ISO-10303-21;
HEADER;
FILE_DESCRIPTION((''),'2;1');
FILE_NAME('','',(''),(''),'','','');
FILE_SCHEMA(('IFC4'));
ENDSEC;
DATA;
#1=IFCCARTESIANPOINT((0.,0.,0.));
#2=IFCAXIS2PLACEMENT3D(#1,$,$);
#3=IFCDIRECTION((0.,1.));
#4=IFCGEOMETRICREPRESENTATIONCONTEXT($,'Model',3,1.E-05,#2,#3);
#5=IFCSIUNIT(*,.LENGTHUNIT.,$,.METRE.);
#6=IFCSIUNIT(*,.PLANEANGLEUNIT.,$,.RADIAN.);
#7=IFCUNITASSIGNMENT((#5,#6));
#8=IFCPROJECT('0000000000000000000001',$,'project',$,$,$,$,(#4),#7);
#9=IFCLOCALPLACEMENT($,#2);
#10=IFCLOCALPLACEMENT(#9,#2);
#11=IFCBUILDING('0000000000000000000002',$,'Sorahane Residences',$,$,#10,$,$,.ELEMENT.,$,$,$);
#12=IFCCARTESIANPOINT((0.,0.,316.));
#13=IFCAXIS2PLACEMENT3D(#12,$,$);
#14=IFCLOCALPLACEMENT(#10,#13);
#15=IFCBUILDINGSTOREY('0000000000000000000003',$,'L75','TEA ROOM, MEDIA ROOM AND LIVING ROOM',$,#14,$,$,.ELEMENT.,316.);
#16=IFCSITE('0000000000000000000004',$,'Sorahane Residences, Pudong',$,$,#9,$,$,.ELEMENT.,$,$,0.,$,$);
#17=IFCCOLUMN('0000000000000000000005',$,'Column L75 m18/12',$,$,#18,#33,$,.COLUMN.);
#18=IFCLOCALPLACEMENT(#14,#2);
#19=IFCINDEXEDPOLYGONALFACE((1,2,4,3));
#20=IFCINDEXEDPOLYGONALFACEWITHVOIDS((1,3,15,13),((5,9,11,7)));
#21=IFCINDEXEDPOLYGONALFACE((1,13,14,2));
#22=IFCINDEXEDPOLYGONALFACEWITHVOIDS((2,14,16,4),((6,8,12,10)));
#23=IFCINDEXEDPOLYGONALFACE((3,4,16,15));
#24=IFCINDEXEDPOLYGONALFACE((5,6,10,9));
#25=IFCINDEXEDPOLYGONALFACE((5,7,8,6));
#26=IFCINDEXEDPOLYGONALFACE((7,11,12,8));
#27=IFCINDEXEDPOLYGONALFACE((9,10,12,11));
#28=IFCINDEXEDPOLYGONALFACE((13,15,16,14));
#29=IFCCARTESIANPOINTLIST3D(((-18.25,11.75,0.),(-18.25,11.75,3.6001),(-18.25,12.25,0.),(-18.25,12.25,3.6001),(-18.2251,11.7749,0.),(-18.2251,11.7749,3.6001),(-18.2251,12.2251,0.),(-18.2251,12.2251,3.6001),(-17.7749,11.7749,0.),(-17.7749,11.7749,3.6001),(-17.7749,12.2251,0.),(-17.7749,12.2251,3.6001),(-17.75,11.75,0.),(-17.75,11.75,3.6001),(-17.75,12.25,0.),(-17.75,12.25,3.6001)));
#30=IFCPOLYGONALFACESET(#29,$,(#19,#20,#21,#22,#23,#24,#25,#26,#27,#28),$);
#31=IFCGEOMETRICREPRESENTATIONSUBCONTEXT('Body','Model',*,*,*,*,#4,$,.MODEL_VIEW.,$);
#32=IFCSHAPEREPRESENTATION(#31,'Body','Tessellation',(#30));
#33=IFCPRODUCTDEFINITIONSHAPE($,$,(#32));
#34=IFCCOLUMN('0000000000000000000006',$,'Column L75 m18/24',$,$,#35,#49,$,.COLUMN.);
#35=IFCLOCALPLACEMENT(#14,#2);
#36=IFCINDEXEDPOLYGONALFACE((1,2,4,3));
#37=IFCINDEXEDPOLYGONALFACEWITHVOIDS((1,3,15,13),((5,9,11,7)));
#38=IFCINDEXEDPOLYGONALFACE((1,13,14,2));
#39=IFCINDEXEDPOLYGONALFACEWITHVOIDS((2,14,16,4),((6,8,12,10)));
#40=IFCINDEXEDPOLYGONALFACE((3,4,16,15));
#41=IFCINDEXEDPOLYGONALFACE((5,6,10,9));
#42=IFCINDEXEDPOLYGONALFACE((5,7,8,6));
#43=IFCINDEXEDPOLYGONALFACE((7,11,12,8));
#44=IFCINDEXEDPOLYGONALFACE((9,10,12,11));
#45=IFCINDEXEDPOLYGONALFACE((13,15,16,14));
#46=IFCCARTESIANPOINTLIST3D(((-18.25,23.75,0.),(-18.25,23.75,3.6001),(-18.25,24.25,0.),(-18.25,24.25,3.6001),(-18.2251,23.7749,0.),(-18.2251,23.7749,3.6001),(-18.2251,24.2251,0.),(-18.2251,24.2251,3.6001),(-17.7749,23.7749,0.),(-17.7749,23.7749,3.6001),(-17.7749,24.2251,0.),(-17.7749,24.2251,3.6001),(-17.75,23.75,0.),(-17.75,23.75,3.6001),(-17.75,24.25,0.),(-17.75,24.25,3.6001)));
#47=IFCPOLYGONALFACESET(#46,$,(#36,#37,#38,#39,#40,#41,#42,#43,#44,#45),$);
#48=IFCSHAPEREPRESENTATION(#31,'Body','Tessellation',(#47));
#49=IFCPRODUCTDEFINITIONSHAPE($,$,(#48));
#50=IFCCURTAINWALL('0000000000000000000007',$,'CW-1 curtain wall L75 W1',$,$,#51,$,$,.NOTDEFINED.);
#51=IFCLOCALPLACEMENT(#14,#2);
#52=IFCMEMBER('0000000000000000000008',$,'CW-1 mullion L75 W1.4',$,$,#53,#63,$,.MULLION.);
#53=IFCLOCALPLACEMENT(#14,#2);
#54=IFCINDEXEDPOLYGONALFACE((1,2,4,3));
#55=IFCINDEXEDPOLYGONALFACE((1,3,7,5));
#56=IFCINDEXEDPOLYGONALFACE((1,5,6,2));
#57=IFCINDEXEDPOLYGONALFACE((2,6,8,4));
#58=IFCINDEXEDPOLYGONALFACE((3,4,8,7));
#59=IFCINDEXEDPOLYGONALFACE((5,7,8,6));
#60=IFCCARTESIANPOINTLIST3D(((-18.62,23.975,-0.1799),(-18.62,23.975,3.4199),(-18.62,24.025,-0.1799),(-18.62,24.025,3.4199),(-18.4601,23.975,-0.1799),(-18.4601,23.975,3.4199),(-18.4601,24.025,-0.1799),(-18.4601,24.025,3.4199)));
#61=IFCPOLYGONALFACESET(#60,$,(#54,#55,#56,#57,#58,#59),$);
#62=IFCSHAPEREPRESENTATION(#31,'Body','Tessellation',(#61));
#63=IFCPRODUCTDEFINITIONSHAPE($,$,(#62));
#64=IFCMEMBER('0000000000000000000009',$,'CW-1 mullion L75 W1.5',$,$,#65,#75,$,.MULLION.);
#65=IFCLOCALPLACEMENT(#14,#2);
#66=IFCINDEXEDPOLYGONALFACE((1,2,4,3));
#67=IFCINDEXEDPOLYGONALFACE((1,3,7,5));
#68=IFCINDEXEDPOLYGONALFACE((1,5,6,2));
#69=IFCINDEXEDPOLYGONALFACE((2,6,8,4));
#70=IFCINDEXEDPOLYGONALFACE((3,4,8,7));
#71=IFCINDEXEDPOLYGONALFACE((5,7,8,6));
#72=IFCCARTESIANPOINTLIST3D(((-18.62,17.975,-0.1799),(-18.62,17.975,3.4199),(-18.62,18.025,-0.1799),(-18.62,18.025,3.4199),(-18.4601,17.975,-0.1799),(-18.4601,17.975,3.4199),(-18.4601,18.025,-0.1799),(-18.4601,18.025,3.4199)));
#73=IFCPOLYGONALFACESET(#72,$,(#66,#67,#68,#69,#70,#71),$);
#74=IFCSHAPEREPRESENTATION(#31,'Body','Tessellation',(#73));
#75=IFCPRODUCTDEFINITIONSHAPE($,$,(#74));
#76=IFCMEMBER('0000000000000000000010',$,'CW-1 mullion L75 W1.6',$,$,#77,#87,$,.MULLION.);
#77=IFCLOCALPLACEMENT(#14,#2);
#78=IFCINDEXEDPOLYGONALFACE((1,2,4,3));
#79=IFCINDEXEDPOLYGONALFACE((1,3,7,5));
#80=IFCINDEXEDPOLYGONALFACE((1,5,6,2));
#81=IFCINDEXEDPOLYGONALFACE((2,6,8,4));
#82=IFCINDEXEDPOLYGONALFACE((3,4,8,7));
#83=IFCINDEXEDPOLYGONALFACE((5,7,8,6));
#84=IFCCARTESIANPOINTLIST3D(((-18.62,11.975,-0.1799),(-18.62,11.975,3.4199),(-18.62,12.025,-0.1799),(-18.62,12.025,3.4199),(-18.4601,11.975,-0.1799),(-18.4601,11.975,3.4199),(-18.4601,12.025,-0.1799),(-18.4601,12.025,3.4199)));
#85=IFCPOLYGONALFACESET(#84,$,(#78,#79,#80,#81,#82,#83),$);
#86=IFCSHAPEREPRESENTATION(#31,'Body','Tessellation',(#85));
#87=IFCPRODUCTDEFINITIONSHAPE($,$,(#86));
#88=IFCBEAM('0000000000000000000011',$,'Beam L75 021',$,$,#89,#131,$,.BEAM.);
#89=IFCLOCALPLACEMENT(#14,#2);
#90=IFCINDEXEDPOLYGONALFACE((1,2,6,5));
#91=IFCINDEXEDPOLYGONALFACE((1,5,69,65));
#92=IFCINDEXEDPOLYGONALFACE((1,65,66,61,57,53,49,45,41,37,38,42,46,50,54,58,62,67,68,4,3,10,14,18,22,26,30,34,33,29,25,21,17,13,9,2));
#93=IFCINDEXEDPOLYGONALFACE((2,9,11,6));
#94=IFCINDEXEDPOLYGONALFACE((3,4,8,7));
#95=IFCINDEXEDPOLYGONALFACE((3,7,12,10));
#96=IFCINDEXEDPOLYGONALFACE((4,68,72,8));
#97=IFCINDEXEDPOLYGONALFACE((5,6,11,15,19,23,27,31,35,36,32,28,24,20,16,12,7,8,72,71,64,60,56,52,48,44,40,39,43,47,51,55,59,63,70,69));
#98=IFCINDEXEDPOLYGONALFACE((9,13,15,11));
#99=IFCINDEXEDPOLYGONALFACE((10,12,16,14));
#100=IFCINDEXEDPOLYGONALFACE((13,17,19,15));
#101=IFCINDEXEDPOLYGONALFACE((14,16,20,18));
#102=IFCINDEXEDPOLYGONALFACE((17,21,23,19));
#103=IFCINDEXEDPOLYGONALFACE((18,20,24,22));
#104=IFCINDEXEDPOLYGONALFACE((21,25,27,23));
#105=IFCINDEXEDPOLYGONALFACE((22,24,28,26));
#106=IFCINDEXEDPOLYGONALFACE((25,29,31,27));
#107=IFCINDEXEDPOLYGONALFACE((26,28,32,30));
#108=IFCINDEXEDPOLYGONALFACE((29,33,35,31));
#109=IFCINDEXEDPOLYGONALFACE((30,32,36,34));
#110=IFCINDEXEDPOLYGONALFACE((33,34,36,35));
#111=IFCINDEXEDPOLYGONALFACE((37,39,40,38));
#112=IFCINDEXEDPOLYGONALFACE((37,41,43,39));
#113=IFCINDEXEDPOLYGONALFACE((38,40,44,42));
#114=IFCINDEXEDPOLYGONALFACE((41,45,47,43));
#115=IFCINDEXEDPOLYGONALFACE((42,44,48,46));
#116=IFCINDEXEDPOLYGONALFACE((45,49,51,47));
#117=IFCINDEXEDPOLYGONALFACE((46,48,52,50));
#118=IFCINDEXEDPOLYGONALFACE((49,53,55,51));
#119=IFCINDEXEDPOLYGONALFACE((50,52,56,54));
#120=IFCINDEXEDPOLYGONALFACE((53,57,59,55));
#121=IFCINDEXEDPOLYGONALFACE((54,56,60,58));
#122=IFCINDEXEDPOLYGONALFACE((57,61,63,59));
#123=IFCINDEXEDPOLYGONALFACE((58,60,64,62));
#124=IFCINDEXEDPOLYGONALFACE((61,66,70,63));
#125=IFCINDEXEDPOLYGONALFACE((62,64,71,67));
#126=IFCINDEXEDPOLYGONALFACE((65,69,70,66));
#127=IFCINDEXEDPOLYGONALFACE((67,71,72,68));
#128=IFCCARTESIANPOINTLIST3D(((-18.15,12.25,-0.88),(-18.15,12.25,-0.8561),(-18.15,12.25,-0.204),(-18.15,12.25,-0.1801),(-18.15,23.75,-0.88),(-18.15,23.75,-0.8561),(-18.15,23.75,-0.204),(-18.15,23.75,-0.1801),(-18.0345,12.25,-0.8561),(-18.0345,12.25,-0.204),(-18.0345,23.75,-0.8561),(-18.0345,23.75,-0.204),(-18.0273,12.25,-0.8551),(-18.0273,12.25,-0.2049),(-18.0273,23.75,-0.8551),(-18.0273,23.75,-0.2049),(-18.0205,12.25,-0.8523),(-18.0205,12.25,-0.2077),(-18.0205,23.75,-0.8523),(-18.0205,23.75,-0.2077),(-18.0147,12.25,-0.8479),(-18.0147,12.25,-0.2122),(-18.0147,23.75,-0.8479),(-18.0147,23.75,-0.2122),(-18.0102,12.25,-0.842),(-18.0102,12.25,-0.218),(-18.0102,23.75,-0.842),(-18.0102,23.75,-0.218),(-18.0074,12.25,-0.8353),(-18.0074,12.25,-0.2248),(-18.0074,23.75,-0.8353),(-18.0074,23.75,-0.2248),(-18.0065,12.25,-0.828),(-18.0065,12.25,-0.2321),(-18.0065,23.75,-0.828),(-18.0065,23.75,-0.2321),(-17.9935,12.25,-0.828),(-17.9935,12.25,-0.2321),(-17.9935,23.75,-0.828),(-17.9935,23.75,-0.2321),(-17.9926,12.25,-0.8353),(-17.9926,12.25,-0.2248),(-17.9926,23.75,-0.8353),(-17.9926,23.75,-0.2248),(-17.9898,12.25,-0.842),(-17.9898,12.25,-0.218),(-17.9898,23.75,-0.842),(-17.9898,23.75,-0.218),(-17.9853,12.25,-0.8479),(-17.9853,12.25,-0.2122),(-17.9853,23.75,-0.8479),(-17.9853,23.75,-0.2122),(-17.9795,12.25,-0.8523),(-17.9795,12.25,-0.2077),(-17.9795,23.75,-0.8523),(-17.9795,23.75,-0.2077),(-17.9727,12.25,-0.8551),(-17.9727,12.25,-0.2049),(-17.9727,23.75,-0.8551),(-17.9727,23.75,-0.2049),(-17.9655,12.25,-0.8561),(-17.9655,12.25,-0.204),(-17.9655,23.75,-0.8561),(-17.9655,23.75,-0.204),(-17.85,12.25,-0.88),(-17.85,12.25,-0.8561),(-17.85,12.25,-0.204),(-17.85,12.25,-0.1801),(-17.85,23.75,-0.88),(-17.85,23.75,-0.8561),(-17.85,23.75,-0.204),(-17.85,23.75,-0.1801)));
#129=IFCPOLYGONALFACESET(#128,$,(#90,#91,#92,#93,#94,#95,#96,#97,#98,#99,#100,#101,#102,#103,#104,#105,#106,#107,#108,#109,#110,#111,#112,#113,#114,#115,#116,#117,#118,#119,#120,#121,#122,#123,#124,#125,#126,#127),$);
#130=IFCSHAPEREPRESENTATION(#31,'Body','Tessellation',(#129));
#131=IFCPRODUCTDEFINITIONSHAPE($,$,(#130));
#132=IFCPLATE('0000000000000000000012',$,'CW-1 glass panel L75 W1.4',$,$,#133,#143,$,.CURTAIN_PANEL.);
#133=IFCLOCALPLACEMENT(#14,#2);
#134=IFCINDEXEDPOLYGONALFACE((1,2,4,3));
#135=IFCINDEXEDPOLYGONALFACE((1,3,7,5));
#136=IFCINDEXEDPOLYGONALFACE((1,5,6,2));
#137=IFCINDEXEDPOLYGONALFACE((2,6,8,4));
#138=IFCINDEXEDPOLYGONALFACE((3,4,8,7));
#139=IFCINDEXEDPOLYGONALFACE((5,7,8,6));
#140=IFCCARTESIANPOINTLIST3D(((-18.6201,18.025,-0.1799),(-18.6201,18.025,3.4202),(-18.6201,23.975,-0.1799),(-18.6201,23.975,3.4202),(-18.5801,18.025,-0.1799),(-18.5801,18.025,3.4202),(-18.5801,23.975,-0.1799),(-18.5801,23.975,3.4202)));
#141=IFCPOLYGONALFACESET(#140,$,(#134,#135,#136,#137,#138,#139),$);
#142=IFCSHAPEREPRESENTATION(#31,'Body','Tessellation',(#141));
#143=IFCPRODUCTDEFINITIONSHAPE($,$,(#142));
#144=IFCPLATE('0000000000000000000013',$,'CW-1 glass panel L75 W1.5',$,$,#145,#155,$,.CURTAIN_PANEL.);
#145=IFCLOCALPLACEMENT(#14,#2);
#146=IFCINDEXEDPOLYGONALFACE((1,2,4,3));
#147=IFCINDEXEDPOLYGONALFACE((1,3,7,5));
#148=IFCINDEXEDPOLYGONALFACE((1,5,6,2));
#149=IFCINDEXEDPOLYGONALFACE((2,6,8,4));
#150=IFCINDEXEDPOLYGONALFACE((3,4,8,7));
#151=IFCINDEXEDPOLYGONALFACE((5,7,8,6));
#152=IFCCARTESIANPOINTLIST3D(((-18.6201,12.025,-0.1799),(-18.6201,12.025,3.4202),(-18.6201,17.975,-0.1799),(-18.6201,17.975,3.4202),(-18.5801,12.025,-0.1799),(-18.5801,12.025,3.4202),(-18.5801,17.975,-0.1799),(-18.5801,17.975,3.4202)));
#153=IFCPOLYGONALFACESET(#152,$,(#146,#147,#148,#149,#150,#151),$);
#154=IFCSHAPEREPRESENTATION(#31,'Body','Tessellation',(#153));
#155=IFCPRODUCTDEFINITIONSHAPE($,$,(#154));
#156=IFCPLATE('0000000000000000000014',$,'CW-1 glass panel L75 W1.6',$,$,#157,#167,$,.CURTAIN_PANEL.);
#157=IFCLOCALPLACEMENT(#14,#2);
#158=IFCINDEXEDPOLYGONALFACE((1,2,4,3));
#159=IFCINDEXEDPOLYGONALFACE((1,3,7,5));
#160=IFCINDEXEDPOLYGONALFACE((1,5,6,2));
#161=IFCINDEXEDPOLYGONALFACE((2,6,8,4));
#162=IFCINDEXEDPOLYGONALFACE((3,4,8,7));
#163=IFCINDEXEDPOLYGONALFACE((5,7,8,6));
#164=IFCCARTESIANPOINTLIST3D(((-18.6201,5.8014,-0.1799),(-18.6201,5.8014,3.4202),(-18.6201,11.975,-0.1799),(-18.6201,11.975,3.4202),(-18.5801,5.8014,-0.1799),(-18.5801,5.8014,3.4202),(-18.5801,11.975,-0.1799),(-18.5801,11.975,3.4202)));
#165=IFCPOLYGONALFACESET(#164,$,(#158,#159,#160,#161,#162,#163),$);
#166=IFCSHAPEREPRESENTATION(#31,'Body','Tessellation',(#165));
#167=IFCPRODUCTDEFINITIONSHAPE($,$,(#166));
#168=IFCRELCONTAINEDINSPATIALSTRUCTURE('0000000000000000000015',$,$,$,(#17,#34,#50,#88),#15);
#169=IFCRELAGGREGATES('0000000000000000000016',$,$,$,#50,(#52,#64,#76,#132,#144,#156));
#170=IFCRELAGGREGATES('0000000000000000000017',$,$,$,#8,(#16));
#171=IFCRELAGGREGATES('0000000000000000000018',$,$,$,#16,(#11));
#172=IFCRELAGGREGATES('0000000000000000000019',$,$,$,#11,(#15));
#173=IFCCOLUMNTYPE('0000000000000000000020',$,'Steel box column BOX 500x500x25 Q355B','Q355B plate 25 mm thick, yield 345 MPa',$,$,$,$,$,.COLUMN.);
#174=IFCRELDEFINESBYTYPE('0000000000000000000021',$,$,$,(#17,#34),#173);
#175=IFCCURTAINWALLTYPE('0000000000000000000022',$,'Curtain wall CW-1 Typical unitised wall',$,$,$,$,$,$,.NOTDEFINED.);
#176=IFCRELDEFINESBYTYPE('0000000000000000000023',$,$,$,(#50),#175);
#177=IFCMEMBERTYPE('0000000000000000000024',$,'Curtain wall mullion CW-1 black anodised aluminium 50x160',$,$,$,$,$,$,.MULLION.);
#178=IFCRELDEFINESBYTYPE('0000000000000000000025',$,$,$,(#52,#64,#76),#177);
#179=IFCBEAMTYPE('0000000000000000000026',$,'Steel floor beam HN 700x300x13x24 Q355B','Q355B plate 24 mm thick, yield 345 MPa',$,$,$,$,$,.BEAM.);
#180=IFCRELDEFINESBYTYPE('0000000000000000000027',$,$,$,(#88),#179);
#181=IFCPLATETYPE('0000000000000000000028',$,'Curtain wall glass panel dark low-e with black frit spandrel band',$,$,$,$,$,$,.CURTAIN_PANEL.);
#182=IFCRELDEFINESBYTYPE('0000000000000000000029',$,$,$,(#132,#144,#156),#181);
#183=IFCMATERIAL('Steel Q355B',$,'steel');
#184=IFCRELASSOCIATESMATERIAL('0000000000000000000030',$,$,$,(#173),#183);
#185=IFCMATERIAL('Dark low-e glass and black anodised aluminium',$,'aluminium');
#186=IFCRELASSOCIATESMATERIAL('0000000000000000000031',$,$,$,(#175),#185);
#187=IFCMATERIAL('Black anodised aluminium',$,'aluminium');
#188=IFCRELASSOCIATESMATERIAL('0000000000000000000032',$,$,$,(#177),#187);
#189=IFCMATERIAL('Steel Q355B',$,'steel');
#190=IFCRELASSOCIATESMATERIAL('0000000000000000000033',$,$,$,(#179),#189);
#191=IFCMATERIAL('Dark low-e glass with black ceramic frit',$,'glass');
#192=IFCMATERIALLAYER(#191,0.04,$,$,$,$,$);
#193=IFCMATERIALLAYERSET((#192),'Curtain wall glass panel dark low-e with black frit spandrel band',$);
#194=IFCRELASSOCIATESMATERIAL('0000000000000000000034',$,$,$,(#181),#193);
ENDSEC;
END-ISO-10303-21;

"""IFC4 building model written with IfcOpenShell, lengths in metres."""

from ifc_helpers import new_model, si_unit, direction, frame, origin, origin_2d, place, context, subcontext, project, spatial, rectangle, hollow_rectangle, i_section, extrude, material, layer, layer_set, material_profile, profile_set, type_object, element, aggregate, save


model = new_model("IFC4")

# Units and contexts
model_context = context("Model", 3, precision=1e-05, world=origin(), true_north=direction((0.0, 1.0)))
body_context = subcontext(model_context, "Body", "Model", "MODEL_VIEW")
ifc_project = project(units=[si_unit("LENGTHUNIT", "METRE"), si_unit("PLANEANGLEUNIT", "RADIAN")], contexts=[model_context])

# Site, building, storey
site_placement = place(None, origin())
site = spatial("IfcSite", under=ifc_project, at=site_placement, Name="Sorahane Residences, Pudong", CompositionType="ELEMENT", RefElevation=0.0)
building_placement = place(site_placement, origin())
building = spatial("IfcBuilding", under=site, at=building_placement, Name="Sorahane Residences", CompositionType="ELEMENT")
storey_placement = place(building_placement, frame((0.0, 0.0, 316.0)))
storey = spatial("IfcBuildingStorey", under=building, at=storey_placement, Name="L75", Description="TEA ROOM, MEDIA ROOM AND LIVING ROOM", CompositionType="ELEMENT", Elevation=316.0)

# Columns
ifc_material_1 = material(Name="Steel Q355B", Category="steel")
ifc_material_profile_1 = material_profile(ifc_material_1, hollow_rectangle(XDim=0.5, YDim=0.5, WallThickness=0.0249, at=origin_2d()), Name="BOX 500x500x25")
ifc_profile_set_1 = profile_set([ifc_material_profile_1], Name="Steel Q355B")
column_type = type_object("IfcColumnType", Name="Steel box column BOX 500x500x25 Q355B", Description="Q355B plate 25 mm thick, yield 345 MPa", PredefinedType="COLUMN", material=ifc_profile_set_1)
for number, where, z_axis, x_axis, name in (
    (1, (-18.0, 12.0, 0.0), (0.0, 0.0, 1.0), (1.0, 0.0, 0.0), "Column L75 m18/12"),
    (2, (-18.0, 24.0, 0.0), (0.0, 0.0, 1.0), (1.0, 0.0, 0.0), "Column L75 m18/24"),
):
    element("IfcColumn", number, at=place(storey_placement, frame(where, z_axis=z_axis, x_axis=x_axis)), inside=storey, type_object=column_type, Name=name, PredefinedType="COLUMN", context=body_context, shape_type="SweptSolid", body=[
        extrude(hollow_rectangle(XDim=0.5, YDim=0.5, WallThickness=0.0249, at=origin_2d()), origin(), (0.0, 0.0, 1.0), 3.6001),
    ])

# Curtain wall, members
ifc_material_2 = material(Name="Dark low-e glass and black anodised aluminium", Category="aluminium")
curtain_wall_type = type_object("IfcCurtainWallType", Name="Curtain wall CW-1 Typical unitised wall", PredefinedType="NOTDEFINED", material=ifc_material_2)
curtain_wall_placement = place(storey_placement, origin())
curtain_wall = element("IfcCurtainWall", 3, at=curtain_wall_placement, inside=storey, type_object=curtain_wall_type, Name="CW-1 curtain wall L75 W1", PredefinedType="NOTDEFINED")
ifc_material_3 = material(Name="Black anodised aluminium", Category="aluminium")
ifc_material_profile_2 = material_profile(ifc_material_3, rectangle(XDim=0.1599, YDim=0.05, at=origin_2d()), Name="Curtain wall mullion CW-1 black anodised aluminium 50x160")
ifc_profile_set_2 = profile_set([ifc_material_profile_2], Name="Black anodised aluminium")
member_type = type_object("IfcMemberType", Name="Curtain wall mullion CW-1 black anodised aluminium 50x160", PredefinedType="MULLION", material=ifc_profile_set_2)
member_1_placement = place(storey_placement, frame((-18.54, 24.0, -0.1799), z_axis=(0.0, 0.0, 1.0), x_axis=(-1.0, 0.0, 0.0)))
member_1 = element("IfcMember", 4, at=member_1_placement, type_object=member_type, Name="CW-1 mullion L75 W1.4", PredefinedType="MULLION", context=body_context, shape_type="SweptSolid", body=[
    extrude(rectangle(XDim=0.1599, YDim=0.05, at=origin_2d()), origin(), (0.0, 0.0, 1.0), 3.5999),
])
member_2_placement = place(storey_placement, frame((-18.54, 18.0, -0.1799), z_axis=(0.0, 0.0, 1.0), x_axis=(-1.0, 0.0, 0.0)))
member_2 = element("IfcMember", 5, at=member_2_placement, type_object=member_type, Name="CW-1 mullion L75 W1.5", PredefinedType="MULLION", context=body_context, shape_type="SweptSolid", body=[
    extrude(rectangle(XDim=0.1599, YDim=0.05, at=origin_2d()), origin(), (0.0, 0.0, 1.0), 3.5999),
])
member_3_placement = place(storey_placement, frame((-18.54, 12.0, -0.1799), z_axis=(0.0, 0.0, 1.0), x_axis=(-1.0, 0.0, 0.0)))
member_3 = element("IfcMember", 6, at=member_3_placement, type_object=member_type, Name="CW-1 mullion L75 W1.6", PredefinedType="MULLION", context=body_context, shape_type="SweptSolid", body=[
    extrude(rectangle(XDim=0.1599, YDim=0.05, at=origin_2d()), origin(), (0.0, 0.0, 1.0), 3.5999),
])

# Beam
ifc_material_4 = material(Name="Steel Q355B", Category="steel")
ifc_material_profile_3 = material_profile(ifc_material_4, i_section(OverallWidth=0.3, OverallDepth=0.7, WebThickness=0.0129, FlangeThickness=0.0239, FilletRadius=0.0281, at=origin_2d()), Name="HN 700x300x13x24")
ifc_profile_set_3 = profile_set([ifc_material_profile_3], Name="Steel Q355B")
beam_type = type_object("IfcBeamType", Name="Steel floor beam HN 700x300x13x24 Q355B", Description="Q355B plate 24 mm thick, yield 345 MPa", PredefinedType="BEAM", material=ifc_profile_set_3)
beam_placement = place(storey_placement, frame((-18.0, 12.25, -0.53), z_axis=(0.0, 1.0, 0.0), x_axis=(-1.0, 0.0, 0.0)))
element("IfcBeam", 7, at=beam_placement, inside=storey, type_object=beam_type, Name="Beam L75 021", PredefinedType="BEAM", context=body_context, shape_type="SweptSolid", body=[
    extrude(i_section(OverallWidth=0.3, OverallDepth=0.7, WebThickness=0.0129, FlangeThickness=0.0239, FilletRadius=0.0281, at=origin_2d()), origin(), (0.0, 0.0, 1.0), 11.5),
])

# Plates
ifc_material_5 = material(Name="Dark low-e glass with black ceramic frit", Category="glass")
ifc_layer_1 = layer(ifc_material_5, 0.04)
ifc_layer_set_1 = layer_set([ifc_layer_1], Name="Curtain wall glass panel dark low-e with black frit spandrel band")
plate_type = type_object("IfcPlateType", Name="Curtain wall glass panel dark low-e with black frit spandrel band", PredefinedType="CURTAIN_PANEL", material=ifc_layer_set_1)
plate_1_placement = place(storey_placement, frame((-18.6001, 21.0, -0.1799), z_axis=(0.0, 0.0, 1.0), x_axis=(0.0, -1.0, 0.0)))
plate_1 = element("IfcPlate", 8, at=plate_1_placement, type_object=plate_type, Name="CW-1 glass panel L75 W1.4", PredefinedType="CURTAIN_PANEL", context=body_context, shape_type="SweptSolid", body=[
    extrude(rectangle(XDim=5.95, YDim=0.04, at=origin_2d()), origin(), (0.0, 0.0, 1.0), 3.6001),
])
plate_2_placement = place(storey_placement, frame((-18.6001, 15.0, -0.1799), z_axis=(0.0, 0.0, 1.0), x_axis=(0.0, -1.0, 0.0)))
plate_2 = element("IfcPlate", 9, at=plate_2_placement, type_object=plate_type, Name="CW-1 glass panel L75 W1.5", PredefinedType="CURTAIN_PANEL", context=body_context, shape_type="SweptSolid", body=[
    extrude(rectangle(XDim=5.95, YDim=0.04, at=origin_2d()), origin(), (0.0, 0.0, 1.0), 3.6001),
])
plate_3_placement = place(storey_placement, frame((-18.6001, 8.8882, -0.1799), z_axis=(0.0, 0.0, 1.0), x_axis=(0.0, -1.0, 0.0)))
plate_3 = element("IfcPlate", 10, at=plate_3_placement, type_object=plate_type, Name="CW-1 glass panel L75 W1.6", PredefinedType="CURTAIN_PANEL", context=body_context, shape_type="SweptSolid", body=[
    extrude(rectangle(XDim=6.1736, YDim=0.04, at=origin_2d()), origin(), (0.0, 0.0, 1.0), 3.6001),
])
aggregate(curtain_wall, [member_1, member_2, member_3, plate_1, plate_2, plate_3])

save(model, "model.ifc")
